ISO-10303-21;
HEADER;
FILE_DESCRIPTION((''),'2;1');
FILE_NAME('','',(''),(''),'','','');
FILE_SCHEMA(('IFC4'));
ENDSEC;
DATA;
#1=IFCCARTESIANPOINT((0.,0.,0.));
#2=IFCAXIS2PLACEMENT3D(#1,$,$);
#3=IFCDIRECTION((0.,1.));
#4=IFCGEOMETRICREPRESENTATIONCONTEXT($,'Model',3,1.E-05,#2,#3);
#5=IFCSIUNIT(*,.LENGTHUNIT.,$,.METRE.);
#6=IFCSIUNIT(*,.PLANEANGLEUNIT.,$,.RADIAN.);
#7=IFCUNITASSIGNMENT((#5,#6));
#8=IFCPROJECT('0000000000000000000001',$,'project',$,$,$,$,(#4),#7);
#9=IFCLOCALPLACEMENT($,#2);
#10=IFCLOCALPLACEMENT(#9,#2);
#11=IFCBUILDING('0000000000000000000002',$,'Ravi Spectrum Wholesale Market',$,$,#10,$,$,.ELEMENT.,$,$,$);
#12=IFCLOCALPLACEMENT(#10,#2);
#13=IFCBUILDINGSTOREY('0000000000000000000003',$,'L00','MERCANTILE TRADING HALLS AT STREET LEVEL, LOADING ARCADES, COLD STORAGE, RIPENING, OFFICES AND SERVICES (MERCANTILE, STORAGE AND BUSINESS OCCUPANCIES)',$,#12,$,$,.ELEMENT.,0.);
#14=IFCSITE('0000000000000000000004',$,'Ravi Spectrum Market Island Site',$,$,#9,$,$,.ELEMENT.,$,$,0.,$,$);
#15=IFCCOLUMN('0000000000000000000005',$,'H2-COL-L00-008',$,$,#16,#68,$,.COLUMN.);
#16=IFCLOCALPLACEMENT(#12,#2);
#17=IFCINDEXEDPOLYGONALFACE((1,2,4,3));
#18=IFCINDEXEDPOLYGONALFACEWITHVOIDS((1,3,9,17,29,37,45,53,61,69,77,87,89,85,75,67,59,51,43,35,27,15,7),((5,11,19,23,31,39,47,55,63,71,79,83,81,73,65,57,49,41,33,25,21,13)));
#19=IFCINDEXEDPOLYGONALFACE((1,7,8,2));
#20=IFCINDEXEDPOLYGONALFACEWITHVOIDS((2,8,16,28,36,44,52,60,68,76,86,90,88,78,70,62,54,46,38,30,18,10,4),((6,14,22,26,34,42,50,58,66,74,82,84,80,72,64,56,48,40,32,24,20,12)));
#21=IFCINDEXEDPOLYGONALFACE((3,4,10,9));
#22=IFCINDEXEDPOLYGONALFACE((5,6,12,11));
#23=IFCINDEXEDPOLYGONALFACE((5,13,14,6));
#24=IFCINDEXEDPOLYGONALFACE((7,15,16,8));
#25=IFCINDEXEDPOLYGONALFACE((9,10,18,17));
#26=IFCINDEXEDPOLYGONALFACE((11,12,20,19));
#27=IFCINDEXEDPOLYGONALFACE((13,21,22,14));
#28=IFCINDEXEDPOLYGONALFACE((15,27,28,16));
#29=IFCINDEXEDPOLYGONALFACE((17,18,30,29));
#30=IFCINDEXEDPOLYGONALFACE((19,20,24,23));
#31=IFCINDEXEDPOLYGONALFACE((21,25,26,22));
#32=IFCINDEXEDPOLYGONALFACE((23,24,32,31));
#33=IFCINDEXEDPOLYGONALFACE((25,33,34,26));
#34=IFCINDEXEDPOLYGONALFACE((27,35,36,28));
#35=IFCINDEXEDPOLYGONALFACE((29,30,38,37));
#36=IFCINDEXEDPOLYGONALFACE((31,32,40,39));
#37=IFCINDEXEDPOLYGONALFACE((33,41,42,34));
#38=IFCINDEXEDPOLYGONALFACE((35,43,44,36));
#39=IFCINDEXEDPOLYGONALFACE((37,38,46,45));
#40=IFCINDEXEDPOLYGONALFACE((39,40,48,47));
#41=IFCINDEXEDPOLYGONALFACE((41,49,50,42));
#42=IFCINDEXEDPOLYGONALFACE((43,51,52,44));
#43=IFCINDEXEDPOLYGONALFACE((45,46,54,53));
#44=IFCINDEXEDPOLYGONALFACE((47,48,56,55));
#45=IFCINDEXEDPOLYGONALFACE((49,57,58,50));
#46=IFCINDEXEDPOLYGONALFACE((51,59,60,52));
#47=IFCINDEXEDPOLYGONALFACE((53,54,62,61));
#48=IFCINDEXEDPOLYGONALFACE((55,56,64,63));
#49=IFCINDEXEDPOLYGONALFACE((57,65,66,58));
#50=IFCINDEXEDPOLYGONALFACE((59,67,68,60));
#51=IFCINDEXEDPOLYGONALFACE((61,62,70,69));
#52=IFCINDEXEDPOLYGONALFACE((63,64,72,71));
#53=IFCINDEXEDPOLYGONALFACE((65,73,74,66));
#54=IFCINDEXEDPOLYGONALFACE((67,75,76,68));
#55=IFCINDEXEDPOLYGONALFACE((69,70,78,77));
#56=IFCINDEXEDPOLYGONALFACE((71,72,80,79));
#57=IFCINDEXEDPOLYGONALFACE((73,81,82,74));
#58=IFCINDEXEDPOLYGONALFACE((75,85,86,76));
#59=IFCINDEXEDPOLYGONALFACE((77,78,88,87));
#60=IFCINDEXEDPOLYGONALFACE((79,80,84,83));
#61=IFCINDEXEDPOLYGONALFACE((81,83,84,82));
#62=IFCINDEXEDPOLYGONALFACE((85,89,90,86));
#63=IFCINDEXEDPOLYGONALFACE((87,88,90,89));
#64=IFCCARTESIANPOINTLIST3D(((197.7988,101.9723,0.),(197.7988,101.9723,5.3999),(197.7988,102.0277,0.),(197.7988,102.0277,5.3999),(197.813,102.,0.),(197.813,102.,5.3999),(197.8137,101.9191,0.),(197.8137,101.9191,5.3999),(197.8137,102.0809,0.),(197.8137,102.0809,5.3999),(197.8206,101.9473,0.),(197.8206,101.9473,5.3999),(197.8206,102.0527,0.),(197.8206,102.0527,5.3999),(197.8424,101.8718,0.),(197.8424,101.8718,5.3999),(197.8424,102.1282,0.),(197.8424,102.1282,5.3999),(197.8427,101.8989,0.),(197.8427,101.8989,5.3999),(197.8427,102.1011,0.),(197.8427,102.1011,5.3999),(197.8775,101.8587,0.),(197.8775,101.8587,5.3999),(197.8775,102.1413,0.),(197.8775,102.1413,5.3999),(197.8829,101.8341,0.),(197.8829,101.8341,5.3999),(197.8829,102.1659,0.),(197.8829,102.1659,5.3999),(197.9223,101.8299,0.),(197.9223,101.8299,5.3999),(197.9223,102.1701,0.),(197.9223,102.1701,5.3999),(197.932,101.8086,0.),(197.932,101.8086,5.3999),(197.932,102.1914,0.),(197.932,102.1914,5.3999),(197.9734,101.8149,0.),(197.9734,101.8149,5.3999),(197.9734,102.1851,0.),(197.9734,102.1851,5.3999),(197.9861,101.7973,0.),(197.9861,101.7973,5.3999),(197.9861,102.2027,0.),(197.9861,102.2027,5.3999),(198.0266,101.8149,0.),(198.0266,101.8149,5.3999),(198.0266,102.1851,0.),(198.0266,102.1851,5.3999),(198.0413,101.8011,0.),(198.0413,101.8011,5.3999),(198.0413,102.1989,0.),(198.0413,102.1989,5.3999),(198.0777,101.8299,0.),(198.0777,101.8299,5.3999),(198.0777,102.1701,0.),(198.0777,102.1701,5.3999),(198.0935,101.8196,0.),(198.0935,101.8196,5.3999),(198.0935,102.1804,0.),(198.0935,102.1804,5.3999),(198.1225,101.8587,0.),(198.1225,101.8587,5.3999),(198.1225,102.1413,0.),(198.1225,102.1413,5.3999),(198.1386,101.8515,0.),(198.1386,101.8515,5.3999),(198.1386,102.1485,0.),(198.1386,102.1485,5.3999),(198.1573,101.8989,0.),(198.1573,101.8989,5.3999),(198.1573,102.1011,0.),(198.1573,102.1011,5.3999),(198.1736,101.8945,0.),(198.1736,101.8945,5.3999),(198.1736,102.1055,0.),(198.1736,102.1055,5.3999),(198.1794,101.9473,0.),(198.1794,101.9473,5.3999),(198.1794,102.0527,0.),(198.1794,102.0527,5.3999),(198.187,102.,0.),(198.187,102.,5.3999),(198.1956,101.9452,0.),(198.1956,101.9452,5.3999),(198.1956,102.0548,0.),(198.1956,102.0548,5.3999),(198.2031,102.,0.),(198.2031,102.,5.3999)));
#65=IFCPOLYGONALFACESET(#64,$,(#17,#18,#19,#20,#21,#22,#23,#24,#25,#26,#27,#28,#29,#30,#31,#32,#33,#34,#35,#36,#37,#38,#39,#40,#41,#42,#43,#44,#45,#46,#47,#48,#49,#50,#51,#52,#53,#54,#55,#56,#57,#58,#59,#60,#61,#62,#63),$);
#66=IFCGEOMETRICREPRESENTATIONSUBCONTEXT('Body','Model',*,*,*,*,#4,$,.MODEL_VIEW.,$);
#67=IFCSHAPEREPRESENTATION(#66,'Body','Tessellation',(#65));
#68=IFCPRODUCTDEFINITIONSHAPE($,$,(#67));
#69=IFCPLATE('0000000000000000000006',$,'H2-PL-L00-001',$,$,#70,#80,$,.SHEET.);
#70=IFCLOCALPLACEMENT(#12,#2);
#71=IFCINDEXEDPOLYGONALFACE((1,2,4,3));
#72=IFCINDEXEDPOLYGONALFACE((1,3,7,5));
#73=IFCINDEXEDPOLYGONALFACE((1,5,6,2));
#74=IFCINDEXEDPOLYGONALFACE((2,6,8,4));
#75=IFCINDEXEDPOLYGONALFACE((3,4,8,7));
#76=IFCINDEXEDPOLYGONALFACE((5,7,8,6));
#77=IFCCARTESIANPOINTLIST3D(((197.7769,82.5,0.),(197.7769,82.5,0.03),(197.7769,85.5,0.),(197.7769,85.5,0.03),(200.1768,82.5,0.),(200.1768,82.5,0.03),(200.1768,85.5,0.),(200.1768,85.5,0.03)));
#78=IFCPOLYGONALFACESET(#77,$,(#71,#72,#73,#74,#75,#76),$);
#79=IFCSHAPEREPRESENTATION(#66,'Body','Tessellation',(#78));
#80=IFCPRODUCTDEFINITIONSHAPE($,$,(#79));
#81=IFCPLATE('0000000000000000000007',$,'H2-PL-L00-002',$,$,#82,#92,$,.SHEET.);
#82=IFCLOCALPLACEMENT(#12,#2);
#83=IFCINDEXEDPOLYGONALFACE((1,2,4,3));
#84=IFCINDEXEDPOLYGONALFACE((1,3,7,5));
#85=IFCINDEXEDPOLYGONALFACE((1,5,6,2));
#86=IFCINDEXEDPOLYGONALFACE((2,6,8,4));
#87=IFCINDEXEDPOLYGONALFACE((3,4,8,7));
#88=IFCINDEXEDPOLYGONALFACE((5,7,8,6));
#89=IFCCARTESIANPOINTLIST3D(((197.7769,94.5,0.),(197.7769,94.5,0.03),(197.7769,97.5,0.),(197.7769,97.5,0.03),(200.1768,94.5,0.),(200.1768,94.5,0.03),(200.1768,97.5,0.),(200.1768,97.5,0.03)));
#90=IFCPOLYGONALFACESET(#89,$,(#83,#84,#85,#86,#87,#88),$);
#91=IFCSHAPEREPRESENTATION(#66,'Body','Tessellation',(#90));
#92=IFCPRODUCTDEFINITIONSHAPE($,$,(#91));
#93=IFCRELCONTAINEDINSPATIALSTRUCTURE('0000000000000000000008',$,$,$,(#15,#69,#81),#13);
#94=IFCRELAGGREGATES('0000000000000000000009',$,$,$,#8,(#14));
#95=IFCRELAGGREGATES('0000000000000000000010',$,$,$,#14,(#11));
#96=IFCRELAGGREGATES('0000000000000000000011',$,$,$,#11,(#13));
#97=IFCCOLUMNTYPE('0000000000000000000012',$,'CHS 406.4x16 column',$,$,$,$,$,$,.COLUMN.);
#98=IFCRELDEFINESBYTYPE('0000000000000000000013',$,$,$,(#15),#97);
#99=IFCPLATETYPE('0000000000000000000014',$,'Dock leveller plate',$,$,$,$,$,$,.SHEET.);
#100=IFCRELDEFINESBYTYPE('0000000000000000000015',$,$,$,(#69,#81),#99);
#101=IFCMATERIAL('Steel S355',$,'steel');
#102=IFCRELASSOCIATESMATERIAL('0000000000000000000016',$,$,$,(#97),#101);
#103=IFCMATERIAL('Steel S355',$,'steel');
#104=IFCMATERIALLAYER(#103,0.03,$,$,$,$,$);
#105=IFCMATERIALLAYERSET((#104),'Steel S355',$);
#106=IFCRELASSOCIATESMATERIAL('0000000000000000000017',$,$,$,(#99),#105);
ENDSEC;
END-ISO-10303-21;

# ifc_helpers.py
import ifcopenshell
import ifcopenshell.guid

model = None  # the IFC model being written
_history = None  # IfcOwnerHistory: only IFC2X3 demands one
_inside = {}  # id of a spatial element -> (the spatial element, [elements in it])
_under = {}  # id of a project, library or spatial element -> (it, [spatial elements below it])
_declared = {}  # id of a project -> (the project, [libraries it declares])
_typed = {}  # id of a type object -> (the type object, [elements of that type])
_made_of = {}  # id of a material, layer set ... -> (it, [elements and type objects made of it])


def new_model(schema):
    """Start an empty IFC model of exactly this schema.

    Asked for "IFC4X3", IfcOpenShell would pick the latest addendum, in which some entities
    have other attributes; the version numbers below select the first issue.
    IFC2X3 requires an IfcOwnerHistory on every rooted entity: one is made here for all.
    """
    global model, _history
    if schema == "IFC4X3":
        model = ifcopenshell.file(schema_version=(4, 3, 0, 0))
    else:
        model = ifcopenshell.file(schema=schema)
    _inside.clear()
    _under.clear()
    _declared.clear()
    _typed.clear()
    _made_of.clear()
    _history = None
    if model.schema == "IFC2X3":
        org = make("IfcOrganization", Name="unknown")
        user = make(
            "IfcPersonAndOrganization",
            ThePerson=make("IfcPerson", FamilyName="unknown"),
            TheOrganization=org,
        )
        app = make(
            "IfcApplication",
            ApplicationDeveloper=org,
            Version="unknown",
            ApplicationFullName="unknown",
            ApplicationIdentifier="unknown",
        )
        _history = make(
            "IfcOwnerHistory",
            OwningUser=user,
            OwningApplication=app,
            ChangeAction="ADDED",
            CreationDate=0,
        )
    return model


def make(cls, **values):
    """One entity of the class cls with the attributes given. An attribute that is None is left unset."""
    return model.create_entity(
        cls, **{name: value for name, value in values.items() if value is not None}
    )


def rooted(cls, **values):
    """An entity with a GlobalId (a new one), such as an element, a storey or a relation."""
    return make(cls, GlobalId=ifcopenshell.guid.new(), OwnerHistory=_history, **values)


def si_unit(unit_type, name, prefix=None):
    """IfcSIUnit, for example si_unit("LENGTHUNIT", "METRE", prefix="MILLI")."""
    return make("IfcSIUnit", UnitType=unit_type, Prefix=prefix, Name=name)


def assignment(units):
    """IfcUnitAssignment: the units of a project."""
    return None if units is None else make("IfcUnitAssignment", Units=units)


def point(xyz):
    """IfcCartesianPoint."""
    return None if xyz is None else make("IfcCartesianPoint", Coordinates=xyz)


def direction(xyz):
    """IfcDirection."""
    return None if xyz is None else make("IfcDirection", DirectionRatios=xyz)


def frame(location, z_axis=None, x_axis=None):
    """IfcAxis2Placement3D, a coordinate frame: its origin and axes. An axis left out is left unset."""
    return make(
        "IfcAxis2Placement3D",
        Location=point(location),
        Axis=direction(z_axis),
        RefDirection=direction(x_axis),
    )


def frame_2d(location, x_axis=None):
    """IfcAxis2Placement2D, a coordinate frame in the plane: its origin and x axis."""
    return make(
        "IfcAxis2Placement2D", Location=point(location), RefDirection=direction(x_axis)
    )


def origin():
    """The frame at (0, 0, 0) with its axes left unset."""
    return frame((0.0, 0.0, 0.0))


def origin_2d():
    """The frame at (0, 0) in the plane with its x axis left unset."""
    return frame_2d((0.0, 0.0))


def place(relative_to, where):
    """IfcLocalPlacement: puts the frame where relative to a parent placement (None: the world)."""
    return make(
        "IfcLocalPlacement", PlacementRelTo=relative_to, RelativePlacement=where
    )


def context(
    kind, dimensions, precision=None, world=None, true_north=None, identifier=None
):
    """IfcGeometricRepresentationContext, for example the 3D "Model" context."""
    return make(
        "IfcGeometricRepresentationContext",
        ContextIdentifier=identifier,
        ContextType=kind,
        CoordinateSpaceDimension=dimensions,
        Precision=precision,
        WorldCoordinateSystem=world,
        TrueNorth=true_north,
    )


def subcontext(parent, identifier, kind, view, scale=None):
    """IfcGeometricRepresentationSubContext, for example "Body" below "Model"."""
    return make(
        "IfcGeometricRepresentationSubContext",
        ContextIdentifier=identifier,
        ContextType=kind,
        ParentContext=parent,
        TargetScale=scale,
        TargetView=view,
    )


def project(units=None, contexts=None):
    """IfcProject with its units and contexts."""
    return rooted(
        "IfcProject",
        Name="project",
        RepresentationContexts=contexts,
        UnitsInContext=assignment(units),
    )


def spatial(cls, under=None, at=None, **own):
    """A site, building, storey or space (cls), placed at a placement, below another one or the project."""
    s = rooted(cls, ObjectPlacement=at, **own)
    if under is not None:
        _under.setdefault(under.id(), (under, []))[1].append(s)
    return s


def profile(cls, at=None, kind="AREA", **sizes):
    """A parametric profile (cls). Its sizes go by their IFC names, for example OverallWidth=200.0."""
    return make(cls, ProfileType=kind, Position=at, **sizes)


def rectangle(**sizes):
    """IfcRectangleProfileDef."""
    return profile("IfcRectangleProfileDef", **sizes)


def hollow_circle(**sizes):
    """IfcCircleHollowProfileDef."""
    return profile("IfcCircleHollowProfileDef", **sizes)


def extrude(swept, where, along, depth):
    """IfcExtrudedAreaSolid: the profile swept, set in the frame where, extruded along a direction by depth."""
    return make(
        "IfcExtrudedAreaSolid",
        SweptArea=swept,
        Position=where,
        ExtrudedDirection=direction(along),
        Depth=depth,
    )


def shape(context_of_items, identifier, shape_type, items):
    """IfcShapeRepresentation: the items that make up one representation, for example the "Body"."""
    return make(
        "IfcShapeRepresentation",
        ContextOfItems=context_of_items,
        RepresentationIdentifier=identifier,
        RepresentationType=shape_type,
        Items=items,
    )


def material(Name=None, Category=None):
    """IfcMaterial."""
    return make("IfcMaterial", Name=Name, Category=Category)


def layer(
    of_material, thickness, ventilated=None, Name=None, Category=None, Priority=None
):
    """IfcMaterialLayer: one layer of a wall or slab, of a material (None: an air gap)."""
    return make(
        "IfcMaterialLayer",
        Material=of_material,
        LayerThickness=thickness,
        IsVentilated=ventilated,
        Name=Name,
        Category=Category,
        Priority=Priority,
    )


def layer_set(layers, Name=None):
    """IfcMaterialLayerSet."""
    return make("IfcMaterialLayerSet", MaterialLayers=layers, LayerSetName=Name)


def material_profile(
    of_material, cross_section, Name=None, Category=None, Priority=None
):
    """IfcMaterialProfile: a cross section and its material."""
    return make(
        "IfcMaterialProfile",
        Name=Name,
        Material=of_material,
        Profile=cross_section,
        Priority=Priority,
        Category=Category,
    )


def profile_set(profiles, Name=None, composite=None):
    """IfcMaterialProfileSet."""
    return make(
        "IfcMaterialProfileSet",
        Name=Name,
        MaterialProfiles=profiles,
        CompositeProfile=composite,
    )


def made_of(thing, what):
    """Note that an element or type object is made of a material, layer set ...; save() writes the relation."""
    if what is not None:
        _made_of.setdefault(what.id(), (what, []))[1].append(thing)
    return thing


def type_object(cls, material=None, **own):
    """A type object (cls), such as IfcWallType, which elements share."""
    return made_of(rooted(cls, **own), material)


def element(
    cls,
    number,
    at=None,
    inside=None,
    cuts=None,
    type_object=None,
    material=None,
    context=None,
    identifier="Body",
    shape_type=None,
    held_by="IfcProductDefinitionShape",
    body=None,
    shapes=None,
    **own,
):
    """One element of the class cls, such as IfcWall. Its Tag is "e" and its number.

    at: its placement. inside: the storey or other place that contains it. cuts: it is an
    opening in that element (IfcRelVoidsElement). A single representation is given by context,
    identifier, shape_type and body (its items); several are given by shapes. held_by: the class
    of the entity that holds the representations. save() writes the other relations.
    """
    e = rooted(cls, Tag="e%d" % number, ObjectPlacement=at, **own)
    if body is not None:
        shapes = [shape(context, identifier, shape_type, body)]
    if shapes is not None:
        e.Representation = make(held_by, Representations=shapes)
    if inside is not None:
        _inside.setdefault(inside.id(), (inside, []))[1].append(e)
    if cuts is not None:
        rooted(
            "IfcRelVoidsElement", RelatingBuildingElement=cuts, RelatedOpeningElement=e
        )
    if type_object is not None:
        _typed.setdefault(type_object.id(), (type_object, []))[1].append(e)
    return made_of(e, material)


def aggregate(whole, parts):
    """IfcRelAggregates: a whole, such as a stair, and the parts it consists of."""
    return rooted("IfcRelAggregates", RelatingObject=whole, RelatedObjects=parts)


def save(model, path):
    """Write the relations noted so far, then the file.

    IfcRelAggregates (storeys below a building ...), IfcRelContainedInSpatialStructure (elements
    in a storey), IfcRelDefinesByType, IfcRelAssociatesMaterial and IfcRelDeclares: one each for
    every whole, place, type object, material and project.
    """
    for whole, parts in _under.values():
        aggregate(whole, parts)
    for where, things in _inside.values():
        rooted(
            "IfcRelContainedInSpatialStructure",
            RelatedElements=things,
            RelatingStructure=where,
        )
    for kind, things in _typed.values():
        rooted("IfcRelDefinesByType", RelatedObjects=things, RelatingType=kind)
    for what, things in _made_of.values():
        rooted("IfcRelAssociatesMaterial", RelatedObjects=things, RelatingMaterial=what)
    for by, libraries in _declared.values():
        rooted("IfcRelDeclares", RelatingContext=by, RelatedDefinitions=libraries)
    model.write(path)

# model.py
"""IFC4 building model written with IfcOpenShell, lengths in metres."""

from ifc_helpers import new_model, si_unit, direction, frame, origin, origin_2d, place, context, subcontext, project, spatial, rectangle, hollow_circle, extrude, material, layer, layer_set, material_profile, profile_set, type_object, element, save


model = new_model("IFC4")

# Units and contexts
model_context = context("Model", 3, precision=1e-05, world=origin(), true_north=direction((0.0, 1.0)))
body_context = subcontext(model_context, "Body", "Model", "MODEL_VIEW")
ifc_project = project(units=[si_unit("LENGTHUNIT", "METRE"), si_unit("PLANEANGLEUNIT", "RADIAN")], contexts=[model_context])

# Site, building, storey
site_placement = place(None, origin())
site = spatial("IfcSite", under=ifc_project, at=site_placement, Name="Ravi Spectrum Market Island Site", CompositionType="ELEMENT", RefElevation=0.0)
building_placement = place(site_placement, origin())
building = spatial("IfcBuilding", under=site, at=building_placement, Name="Ravi Spectrum Wholesale Market", CompositionType="ELEMENT")
storey_placement = place(building_placement, origin())
storey = spatial("IfcBuildingStorey", under=building, at=storey_placement, Name="L00", Description="MERCANTILE TRADING HALLS AT STREET LEVEL, LOADING ARCADES, COLD STORAGE, RIPENING, OFFICES AND SERVICES (MERCANTILE, STORAGE AND BUSINESS OCCUPANCIES)", CompositionType="ELEMENT", Elevation=0.0)

# Column
ifc_material_1 = material(Name="Steel S355", Category="steel")
ifc_material_profile_1 = material_profile(ifc_material_1, hollow_circle(Radius=0.2031, WallThickness=0.0161, at=origin_2d()))
ifc_profile_set_1 = profile_set([ifc_material_profile_1], Name="Steel S355")
column_type_1 = type_object("IfcColumnType", Name="CHS 406.4x16 column", PredefinedType="COLUMN", material=ifc_profile_set_1)
for number, where, z_axis, x_axis, name in (
    (1, (198.0, 102.0, 0.0), (0.0, 0.0, 1.0), (1.0, 0.0, 0.0), "H2-COL-L00-008"),
):
    element("IfcColumn", number, at=place(storey_placement, frame(where, z_axis=z_axis, x_axis=x_axis)), inside=storey, type_object=column_type_1, Name=name, PredefinedType="COLUMN", context=body_context, shape_type="SweptSolid", body=[
        extrude(hollow_circle(Radius=0.2031, WallThickness=0.0161, at=origin_2d()), origin(), (0.0, 0.0, 1.0), 5.3999),
    ])

# Plates
ifc_material_2 = material(Name="Steel S355", Category="steel")
ifc_layer_1 = layer(ifc_material_2, 0.03)
ifc_layer_set_1 = layer_set([ifc_layer_1], Name="Steel S355")
plate_type = type_object("IfcPlateType", Name="Dock leveller plate", PredefinedType="SHEET", material=ifc_layer_set_1)
for number, where, z_axis, x_axis, name in (
    (2, (198.9768, 84.0, 0.0), (0.0, 0.0, 1.0), (1.0, 0.0, 0.0), "H2-PL-L00-001"),
    (3, (198.9768, 96.0, 0.0), (0.0, 0.0, 1.0), (1.0, 0.0, 0.0), "H2-PL-L00-002"),
):
    element("IfcPlate", number, at=place(storey_placement, frame(where, z_axis=z_axis, x_axis=x_axis)), inside=storey, type_object=plate_type, Name=name, PredefinedType="SHEET", context=body_context, shape_type="SweptSolid", body=[
        extrude(rectangle(XDim=2.3999, YDim=3.0, at=origin_2d()), origin(), (0.0, 0.0, 1.0), 0.03),
    ])

save(model, "model.ifc")
